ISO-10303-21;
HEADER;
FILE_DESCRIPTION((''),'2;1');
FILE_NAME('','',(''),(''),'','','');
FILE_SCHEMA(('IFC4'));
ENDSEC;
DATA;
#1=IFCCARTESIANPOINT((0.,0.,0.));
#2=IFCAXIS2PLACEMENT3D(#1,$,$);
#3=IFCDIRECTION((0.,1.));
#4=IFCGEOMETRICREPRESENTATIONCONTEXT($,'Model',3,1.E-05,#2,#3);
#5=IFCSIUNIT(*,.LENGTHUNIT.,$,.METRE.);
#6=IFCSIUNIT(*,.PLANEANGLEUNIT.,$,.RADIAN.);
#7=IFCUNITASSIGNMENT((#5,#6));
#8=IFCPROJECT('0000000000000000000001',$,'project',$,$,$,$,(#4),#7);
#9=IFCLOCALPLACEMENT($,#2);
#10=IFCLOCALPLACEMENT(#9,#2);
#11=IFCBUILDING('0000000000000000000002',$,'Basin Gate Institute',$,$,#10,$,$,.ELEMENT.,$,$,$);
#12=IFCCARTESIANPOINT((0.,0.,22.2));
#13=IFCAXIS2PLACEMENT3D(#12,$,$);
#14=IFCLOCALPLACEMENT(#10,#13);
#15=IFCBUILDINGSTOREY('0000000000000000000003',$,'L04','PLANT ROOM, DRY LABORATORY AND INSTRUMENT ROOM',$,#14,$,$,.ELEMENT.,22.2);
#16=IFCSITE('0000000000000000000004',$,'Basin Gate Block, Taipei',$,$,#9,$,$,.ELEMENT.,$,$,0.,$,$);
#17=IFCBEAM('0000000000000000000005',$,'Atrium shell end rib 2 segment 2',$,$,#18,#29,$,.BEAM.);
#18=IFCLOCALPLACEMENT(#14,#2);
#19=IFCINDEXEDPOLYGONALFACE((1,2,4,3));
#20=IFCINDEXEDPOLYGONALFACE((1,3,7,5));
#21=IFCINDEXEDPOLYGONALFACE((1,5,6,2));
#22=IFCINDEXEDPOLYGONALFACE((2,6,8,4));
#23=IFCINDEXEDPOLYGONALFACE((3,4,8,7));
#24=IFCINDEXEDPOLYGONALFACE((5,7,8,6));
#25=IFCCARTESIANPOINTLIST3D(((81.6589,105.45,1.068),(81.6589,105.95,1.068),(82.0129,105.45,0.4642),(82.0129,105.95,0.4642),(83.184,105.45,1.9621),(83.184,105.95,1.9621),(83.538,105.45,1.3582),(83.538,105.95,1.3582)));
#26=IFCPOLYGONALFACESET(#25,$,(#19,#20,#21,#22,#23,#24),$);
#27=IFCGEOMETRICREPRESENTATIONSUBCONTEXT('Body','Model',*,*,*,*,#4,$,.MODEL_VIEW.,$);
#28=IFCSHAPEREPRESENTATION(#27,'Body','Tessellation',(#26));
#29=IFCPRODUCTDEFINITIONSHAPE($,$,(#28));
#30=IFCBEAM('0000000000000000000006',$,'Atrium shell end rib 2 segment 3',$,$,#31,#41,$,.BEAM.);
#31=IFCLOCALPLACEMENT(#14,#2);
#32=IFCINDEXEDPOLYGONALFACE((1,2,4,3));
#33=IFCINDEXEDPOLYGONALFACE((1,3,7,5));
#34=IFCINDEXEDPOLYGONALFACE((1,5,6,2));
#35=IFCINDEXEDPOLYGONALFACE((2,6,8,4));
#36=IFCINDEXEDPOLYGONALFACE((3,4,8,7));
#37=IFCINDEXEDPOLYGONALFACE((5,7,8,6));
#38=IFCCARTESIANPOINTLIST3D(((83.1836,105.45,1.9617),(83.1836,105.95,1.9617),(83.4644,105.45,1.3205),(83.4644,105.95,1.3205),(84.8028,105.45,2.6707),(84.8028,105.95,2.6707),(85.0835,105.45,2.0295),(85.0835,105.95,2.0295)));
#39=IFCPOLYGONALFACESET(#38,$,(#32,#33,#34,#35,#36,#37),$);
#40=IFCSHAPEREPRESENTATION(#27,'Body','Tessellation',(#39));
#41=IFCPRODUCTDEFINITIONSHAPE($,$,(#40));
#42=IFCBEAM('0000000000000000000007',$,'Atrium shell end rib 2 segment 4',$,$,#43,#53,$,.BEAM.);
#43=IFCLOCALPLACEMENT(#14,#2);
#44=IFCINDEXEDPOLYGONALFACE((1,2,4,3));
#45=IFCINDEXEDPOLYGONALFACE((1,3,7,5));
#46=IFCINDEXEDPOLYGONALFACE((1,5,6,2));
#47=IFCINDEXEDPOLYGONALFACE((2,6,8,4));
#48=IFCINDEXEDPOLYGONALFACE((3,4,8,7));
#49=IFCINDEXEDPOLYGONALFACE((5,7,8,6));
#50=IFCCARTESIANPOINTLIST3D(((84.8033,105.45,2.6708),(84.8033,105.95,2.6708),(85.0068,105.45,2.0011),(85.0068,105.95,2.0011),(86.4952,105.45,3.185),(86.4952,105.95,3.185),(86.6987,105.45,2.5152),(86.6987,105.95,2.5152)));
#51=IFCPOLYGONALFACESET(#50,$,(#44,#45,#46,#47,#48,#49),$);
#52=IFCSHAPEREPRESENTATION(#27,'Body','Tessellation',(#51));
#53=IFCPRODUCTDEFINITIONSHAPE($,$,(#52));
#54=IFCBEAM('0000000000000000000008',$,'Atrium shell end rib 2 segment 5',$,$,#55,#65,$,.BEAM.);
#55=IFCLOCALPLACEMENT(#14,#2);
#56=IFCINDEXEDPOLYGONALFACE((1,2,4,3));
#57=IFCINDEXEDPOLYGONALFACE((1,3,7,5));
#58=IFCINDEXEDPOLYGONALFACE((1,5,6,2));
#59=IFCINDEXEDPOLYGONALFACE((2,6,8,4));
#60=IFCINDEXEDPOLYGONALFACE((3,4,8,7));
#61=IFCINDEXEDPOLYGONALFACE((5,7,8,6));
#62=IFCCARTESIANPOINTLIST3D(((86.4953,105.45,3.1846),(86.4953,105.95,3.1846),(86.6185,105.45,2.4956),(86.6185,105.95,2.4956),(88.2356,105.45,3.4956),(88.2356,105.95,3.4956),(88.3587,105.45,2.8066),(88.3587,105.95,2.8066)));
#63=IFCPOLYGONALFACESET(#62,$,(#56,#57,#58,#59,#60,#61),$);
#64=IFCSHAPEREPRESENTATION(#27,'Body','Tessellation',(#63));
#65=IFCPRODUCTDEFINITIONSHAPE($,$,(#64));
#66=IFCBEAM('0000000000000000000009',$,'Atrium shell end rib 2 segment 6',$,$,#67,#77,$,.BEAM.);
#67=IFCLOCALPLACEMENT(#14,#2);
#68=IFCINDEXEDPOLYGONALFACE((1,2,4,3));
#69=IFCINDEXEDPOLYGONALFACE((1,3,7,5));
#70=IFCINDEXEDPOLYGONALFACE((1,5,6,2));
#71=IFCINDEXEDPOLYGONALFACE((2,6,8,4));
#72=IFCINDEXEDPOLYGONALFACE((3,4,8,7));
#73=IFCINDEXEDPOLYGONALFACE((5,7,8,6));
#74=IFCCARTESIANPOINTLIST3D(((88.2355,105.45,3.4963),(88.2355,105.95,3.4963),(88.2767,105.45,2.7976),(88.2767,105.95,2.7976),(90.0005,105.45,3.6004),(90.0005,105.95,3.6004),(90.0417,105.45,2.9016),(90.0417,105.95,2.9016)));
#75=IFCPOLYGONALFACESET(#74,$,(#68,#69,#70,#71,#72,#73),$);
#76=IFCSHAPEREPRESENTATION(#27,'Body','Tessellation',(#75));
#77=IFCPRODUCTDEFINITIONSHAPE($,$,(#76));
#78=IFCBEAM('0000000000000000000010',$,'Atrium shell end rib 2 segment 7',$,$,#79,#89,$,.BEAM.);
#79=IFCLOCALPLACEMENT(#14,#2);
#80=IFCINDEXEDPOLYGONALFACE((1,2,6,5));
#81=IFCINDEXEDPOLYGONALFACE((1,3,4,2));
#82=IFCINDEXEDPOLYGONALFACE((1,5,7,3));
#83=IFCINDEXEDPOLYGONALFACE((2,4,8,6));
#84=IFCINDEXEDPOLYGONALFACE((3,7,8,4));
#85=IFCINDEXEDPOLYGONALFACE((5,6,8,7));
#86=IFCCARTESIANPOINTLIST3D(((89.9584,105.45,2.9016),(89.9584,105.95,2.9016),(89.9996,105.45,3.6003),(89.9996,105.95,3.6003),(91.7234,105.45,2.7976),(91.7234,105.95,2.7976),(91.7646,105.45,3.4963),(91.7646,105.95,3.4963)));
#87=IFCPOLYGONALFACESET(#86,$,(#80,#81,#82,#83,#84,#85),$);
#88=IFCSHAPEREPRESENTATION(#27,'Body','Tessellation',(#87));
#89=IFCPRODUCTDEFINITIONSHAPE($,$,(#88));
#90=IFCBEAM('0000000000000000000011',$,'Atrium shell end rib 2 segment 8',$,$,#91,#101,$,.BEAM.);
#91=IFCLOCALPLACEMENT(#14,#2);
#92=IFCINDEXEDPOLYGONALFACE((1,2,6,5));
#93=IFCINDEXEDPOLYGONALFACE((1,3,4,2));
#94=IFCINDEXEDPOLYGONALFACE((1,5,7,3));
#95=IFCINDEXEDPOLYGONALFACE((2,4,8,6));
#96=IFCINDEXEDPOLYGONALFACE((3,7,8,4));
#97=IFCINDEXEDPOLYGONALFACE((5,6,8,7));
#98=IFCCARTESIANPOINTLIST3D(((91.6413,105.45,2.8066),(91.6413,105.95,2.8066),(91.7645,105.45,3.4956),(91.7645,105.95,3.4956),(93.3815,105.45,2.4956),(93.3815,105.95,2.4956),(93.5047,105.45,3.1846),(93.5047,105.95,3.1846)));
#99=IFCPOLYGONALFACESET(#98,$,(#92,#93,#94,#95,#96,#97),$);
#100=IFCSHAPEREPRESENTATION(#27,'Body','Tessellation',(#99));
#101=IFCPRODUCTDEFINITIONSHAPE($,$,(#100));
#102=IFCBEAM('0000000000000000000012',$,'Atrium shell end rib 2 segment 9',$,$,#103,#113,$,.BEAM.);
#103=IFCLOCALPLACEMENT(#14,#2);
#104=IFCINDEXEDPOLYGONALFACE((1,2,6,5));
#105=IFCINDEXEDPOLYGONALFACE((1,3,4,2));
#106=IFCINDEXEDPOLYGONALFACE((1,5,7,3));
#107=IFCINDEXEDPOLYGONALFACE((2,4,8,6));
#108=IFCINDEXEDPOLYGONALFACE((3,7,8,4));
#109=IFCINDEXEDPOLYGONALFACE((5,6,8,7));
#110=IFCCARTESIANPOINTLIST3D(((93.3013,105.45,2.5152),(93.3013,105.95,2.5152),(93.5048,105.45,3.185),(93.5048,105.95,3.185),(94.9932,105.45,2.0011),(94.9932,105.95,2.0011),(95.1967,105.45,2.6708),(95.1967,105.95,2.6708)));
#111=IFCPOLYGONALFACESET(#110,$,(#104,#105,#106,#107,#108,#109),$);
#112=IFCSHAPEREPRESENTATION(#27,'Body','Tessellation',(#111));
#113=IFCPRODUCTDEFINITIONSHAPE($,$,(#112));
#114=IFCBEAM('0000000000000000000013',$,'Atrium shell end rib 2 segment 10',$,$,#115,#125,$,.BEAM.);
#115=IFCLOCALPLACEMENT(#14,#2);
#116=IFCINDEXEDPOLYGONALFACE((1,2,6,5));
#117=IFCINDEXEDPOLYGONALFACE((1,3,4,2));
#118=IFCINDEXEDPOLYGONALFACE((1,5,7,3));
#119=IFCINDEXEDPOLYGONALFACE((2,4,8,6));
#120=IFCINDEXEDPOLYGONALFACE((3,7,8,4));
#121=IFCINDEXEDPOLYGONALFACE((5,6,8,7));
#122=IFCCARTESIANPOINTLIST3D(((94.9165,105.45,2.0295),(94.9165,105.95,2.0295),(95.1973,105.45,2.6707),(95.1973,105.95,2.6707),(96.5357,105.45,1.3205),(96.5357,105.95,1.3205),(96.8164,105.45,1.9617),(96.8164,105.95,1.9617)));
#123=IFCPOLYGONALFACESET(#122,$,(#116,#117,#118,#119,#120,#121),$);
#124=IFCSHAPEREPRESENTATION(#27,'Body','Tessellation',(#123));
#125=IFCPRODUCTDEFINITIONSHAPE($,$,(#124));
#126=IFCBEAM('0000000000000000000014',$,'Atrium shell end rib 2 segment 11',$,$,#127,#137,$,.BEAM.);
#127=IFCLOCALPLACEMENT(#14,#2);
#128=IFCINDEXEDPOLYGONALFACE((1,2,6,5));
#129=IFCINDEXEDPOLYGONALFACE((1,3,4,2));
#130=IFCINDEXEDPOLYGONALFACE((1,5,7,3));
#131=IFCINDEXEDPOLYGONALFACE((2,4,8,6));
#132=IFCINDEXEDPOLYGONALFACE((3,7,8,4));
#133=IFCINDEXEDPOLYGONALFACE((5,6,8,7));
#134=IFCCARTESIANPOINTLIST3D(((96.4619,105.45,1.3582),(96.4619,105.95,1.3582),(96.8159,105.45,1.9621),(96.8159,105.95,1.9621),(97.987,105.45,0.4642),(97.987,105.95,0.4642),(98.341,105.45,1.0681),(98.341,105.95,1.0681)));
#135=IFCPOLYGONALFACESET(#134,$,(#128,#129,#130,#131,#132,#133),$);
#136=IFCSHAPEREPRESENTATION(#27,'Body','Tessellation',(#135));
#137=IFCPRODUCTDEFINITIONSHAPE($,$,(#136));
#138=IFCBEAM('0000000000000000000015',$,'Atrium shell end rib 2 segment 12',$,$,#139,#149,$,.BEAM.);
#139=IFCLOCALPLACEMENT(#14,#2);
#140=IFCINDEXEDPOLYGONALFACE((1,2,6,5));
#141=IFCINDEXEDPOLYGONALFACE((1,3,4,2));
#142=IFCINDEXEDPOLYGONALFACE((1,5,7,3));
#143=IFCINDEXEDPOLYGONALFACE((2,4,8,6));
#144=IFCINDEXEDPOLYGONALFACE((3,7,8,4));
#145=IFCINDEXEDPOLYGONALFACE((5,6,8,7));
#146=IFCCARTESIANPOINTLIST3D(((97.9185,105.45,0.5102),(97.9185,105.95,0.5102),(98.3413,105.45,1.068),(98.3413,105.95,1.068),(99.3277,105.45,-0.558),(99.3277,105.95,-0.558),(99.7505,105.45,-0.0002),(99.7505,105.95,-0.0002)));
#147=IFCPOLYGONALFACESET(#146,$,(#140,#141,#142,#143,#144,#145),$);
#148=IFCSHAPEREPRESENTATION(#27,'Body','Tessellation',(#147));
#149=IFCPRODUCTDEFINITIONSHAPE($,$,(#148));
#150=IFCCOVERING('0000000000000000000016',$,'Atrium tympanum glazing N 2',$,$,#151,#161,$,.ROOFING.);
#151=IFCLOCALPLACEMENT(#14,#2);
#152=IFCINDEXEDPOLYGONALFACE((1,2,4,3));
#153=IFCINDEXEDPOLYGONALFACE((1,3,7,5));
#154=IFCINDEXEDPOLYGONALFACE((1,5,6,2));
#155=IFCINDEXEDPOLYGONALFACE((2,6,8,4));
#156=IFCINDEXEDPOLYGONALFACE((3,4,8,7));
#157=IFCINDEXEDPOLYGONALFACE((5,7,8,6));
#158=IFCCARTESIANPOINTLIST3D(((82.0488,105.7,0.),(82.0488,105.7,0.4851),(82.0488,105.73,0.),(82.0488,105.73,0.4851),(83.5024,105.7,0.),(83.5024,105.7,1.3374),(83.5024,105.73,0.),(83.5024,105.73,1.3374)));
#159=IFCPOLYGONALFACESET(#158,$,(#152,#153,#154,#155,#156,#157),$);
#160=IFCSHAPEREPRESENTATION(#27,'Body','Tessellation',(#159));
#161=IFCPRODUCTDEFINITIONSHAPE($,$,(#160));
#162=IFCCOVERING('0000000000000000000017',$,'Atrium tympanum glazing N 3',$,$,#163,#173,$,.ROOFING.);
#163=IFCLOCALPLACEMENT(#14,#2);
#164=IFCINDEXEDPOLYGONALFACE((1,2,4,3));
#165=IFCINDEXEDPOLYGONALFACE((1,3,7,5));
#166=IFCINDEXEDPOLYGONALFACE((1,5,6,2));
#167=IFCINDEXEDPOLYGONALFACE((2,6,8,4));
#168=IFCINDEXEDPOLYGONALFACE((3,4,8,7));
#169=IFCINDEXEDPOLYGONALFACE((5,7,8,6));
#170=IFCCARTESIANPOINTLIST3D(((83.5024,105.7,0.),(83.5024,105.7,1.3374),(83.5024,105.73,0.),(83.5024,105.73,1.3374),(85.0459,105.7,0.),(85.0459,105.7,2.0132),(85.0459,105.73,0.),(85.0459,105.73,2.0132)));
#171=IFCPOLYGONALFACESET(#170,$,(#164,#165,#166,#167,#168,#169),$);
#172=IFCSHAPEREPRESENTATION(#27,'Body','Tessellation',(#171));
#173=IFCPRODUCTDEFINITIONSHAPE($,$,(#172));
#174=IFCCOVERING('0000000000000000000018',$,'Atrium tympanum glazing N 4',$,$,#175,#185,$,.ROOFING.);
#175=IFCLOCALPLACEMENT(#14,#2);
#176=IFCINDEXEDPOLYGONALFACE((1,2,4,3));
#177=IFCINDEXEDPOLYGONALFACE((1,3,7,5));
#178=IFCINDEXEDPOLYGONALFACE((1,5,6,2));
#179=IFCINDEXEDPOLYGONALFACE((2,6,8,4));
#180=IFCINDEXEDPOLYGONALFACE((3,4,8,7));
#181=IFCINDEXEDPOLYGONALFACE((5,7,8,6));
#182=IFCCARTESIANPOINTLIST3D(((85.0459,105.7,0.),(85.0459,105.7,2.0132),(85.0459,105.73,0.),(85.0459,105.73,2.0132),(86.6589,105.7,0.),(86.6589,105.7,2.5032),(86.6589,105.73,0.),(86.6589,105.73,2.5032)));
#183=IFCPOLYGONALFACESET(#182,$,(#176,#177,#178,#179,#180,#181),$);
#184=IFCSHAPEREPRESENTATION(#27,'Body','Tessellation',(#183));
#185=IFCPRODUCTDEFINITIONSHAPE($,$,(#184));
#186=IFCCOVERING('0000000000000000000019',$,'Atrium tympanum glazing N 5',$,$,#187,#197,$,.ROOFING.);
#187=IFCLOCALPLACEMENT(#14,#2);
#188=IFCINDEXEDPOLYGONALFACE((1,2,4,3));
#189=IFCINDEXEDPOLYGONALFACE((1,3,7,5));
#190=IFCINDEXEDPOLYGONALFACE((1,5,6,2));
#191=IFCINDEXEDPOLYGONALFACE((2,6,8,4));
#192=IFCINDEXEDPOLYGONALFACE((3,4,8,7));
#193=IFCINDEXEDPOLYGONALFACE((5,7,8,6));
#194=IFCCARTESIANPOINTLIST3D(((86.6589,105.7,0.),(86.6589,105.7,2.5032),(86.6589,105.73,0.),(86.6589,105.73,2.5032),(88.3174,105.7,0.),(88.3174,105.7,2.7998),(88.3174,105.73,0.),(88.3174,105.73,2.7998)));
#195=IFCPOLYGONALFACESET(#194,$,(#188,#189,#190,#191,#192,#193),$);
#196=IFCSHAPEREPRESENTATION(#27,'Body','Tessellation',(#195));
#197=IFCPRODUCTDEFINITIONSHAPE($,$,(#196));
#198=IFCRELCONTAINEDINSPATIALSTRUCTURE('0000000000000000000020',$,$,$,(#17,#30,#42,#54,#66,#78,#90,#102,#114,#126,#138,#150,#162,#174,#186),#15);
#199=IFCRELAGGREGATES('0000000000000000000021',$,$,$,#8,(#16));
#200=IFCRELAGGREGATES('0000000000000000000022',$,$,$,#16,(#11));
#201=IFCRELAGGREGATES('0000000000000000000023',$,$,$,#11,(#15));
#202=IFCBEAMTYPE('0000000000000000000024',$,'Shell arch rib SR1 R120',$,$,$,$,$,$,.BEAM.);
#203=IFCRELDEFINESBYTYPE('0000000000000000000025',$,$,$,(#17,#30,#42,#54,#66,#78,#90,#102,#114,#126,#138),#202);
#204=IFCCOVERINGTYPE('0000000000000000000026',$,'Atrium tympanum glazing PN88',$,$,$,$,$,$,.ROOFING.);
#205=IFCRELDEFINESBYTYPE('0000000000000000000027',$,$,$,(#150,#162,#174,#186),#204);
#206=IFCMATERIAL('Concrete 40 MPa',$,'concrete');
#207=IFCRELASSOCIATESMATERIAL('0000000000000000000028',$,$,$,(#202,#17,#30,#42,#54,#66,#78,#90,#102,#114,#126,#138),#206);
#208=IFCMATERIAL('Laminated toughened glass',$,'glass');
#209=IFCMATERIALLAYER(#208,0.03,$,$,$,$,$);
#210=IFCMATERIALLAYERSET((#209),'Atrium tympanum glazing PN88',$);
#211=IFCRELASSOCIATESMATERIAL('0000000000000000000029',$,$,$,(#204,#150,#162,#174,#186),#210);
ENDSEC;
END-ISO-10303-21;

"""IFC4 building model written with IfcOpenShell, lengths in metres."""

from ifc_helpers import new_model, si_unit, direction, frame, origin, origin_2d, place, context, subcontext, project, spatial, polyline, rectangle, outline, extrude, material, layer, layer_set, material_profile, profile_set, type_object, element, save


model = new_model("IFC4")

# Units and contexts
model_context = context("Model", 3, precision=1e-05, world=origin(), true_north=direction((0.0, 1.0)))
body_context = subcontext(model_context, "Body", "Model", "MODEL_VIEW")
ifc_project = project(units=[si_unit("LENGTHUNIT", "METRE"), si_unit("PLANEANGLEUNIT", "RADIAN")], contexts=[model_context])

# Site, building, storey
site_placement = place(None, origin())
site = spatial("IfcSite", under=ifc_project, at=site_placement, Name="Basin Gate Block, Taipei", CompositionType="ELEMENT", RefElevation=0.0)
building_placement = place(site_placement, origin())
building = spatial("IfcBuilding", under=site, at=building_placement, Name="Basin Gate Institute", CompositionType="ELEMENT")
storey_placement = place(building_placement, frame((0.0, 0.0, 22.2)))
storey = spatial("IfcBuildingStorey", under=building, at=storey_placement, Name="L04", Description="PLANT ROOM, DRY LABORATORY AND INSTRUMENT ROOM", CompositionType="ELEMENT", Elevation=22.2)

# Beams
ifc_material_1 = material(Name="Concrete 40 MPa", Category="concrete")
ifc_material_profile = material_profile(ifc_material_1, rectangle(XDim=0.5, YDim=0.7, at=origin_2d()), Name="Shell arch rib SR1 500 x 700")
ifc_profile_set = profile_set([ifc_material_profile], Name="Concrete 40 MPa")
beam_type = type_object("IfcBeamType", Name="Shell arch rib SR1 R120", PredefinedType="BEAM", material=ifc_profile_set)
beam_1_placement = place(storey_placement, frame((81.8359, 105.7, 0.7661), z_axis=(0.8627, 0.0, 0.505716), x_axis=(0.0, 1.0, 0.0)))
element("IfcBeam", 1, at=beam_1_placement, inside=storey, type_object=beam_type, material=ifc_profile_set, Name="Atrium shell end rib 2 segment 2", PredefinedType="BEAM", context=body_context, shape_type="SweptSolid", body=[
    extrude(rectangle(XDim=0.5, YDim=0.7, at=origin_2d()), origin(), (0.0, 0.0, 1.0), 1.7678),
])
beam_2_placement = place(storey_placement, frame((83.324, 105.7, 1.6411), z_axis=(0.91603, 0.0, 0.401109), x_axis=(0.0, 1.0, 0.0)))
element("IfcBeam", 2, at=beam_2_placement, inside=storey, type_object=beam_type, material=ifc_profile_set, Name="Atrium shell end rib 2 segment 3", PredefinedType="BEAM", context=body_context, shape_type="SweptSolid", body=[
    extrude(rectangle(XDim=0.5, YDim=0.7, at=origin_2d()), origin(), (0.0, 0.0, 1.0), 1.7676),
])
beam_3_placement = place(storey_placement, frame((84.905, 105.7, 2.3359), z_axis=(0.956794, 0.0, 0.290766), x_axis=(0.0, 1.0, 0.0)))
element("IfcBeam", 3, at=beam_3_placement, inside=storey, type_object=beam_type, material=ifc_profile_set, Name="Atrium shell end rib 2 segment 4", PredefinedType="BEAM", context=body_context, shape_type="SweptSolid", body=[
    extrude(rectangle(XDim=0.5, YDim=0.7, at=origin_2d()), origin(), (0.0, 0.0, 1.0), 1.7683),
])
beam_4_placement = place(storey_placement, frame((86.5569, 105.7, 2.8401), z_axis=(0.9844, 0.0, 0.175944), x_axis=(0.0, 1.0, 0.0)))
element("IfcBeam", 4, at=beam_4_placement, inside=storey, type_object=beam_type, material=ifc_profile_set, Name="Atrium shell end rib 2 segment 5", PredefinedType="BEAM", context=body_context, shape_type="SweptSolid", body=[
    extrude(rectangle(XDim=0.5, YDim=0.7, at=origin_2d()), origin(), (0.0, 0.0, 1.0), 1.7678),
])
for number, where, z_axis, x_axis, name in (
    (5, (88.2561, 105.7, 3.147), (0.998268, 0.0, 0.058827), (0.0, 1.0, 0.0), "Atrium shell end rib 2 segment 6"),
    (6, (89.979, 105.7, 3.251), (0.998268, 0.0, -0.058827), (0.0, 1.0, 0.0), "Atrium shell end rib 2 segment 7"),
):
    element("IfcBeam", number, at=place(storey_placement, frame(where, z_axis=z_axis, x_axis=x_axis)), inside=storey, type_object=beam_type, material=ifc_profile_set, Name=name, PredefinedType="BEAM", context=body_context, shape_type="SweptSolid", body=[
        extrude(rectangle(XDim=0.5, YDim=0.7, at=origin_2d()), origin(), (0.0, 0.0, 1.0), 1.7681),
    ])
beam_5_placement = place(storey_placement, frame((91.7029, 105.7, 3.1511), z_axis=(0.9844, 0.0, -0.175944), x_axis=(0.0, 1.0, 0.0)))
element("IfcBeam", 7, at=beam_5_placement, inside=storey, type_object=beam_type, material=ifc_profile_set, Name="Atrium shell end rib 2 segment 8", PredefinedType="BEAM", context=body_context, shape_type="SweptSolid", body=[
    extrude(rectangle(XDim=0.5, YDim=0.7, at=origin_2d()), origin(), (0.0, 0.0, 1.0), 1.7678),
])
beam_6_placement = place(storey_placement, frame((93.4031, 105.7, 2.8501), z_axis=(0.956794, 0.0, -0.290766), x_axis=(0.0, 1.0, 0.0)))
element("IfcBeam", 8, at=beam_6_placement, inside=storey, type_object=beam_type, material=ifc_profile_set, Name="Atrium shell end rib 2 segment 9", PredefinedType="BEAM", context=body_context, shape_type="SweptSolid", body=[
    extrude(rectangle(XDim=0.5, YDim=0.7, at=origin_2d()), origin(), (0.0, 0.0, 1.0), 1.7683),
])
beam_7_placement = place(storey_placement, frame((95.0569, 105.7, 2.3501), z_axis=(0.91603, 0.0, -0.401109), x_axis=(0.0, 1.0, 0.0)))
element("IfcBeam", 9, at=beam_7_placement, inside=storey, type_object=beam_type, material=ifc_profile_set, Name="Atrium shell end rib 2 segment 10", PredefinedType="BEAM", context=body_context, shape_type="SweptSolid", body=[
    extrude(rectangle(XDim=0.5, YDim=0.7, at=origin_2d()), origin(), (0.0, 0.0, 1.0), 1.7676),
])
beam_8_placement = place(storey_placement, frame((96.6389, 105.7, 1.6602), z_axis=(0.8627, 0.0, -0.505716), x_axis=(0.0, 1.0, 0.0)))
element("IfcBeam", 10, at=beam_8_placement, inside=storey, type_object=beam_type, material=ifc_profile_set, Name="Atrium shell end rib 2 segment 11", PredefinedType="BEAM", context=body_context, shape_type="SweptSolid", body=[
    extrude(rectangle(XDim=0.5, YDim=0.7, at=origin_2d()), origin(), (0.0, 0.0, 1.0), 1.7678),
])
beam_9_placement = place(storey_placement, frame((98.1299, 105.7, 0.7891), z_axis=(0.796941, 0.0, -0.604057), x_axis=(0.0, 1.0, 0.0)))
element("IfcBeam", 11, at=beam_9_placement, inside=storey, type_object=beam_type, material=ifc_profile_set, Name="Atrium shell end rib 2 segment 12", PredefinedType="BEAM", context=body_context, shape_type="SweptSolid", body=[
    extrude(rectangle(XDim=0.5, YDim=0.7, at=origin_2d()), origin(), (0.0, 0.0, 1.0), 1.7683),
])

# Coverings
ifc_material_2 = material(Name="Laminated toughened glass", Category="glass")
ifc_layer = layer(ifc_material_2, 0.03)
ifc_layer_set = layer_set([ifc_layer], Name="Atrium tympanum glazing PN88")
covering_type = type_object("IfcCoveringType", Name="Atrium tympanum glazing PN88", PredefinedType="ROOFING", material=ifc_layer_set)
covering_1_placement = place(storey_placement, frame((82.0488, 105.7, 0.0), z_axis=(0.0, -1.0, 0.0), x_axis=(1.0, 0.0, 0.0)))
element("IfcCovering", 12, at=covering_1_placement, inside=storey, type_object=covering_type, material=ifc_layer_set, Name="Atrium tympanum glazing N 2", PredefinedType="ROOFING", context=body_context, shape_type="SweptSolid", body=[
    extrude(outline(polyline([(0.0, 0.0), (1.4536, 0.0), (1.4536, 1.3374), (0.0, 0.4851), (0.0, 0.0)])), origin(), (0.0, 0.0, -1.0), 0.03),
])
covering_2_placement = place(storey_placement, frame((83.5024, 105.7, 0.0), z_axis=(0.0, -1.0, 0.0), x_axis=(1.0, 0.0, 0.0)))
element("IfcCovering", 13, at=covering_2_placement, inside=storey, type_object=covering_type, material=ifc_layer_set, Name="Atrium tympanum glazing N 3", PredefinedType="ROOFING", context=body_context, shape_type="SweptSolid", body=[
    extrude(outline(polyline([(0.0, 0.0), (1.5435, 0.0), (1.5435, 2.0132), (0.0, 1.3374), (0.0, 0.0)])), origin(), (0.0, 0.0, -1.0), 0.03),
])
covering_3_placement = place(storey_placement, frame((85.0459, 105.7, 0.0), z_axis=(0.0, -1.0, 0.0), x_axis=(1.0, 0.0, 0.0)))
element("IfcCovering", 14, at=covering_3_placement, inside=storey, type_object=covering_type, material=ifc_layer_set, Name="Atrium tympanum glazing N 4", PredefinedType="ROOFING", context=body_context, shape_type="SweptSolid", body=[
    extrude(outline(polyline([(0.0, 0.0), (1.613, 0.0), (1.613, 2.5032), (0.0, 2.0132), (0.0, 0.0)])), origin(), (0.0, 0.0, -1.0), 0.03),
])
covering_4_placement = place(storey_placement, frame((86.6589, 105.7, 0.0), z_axis=(0.0, -1.0, 0.0), x_axis=(1.0, 0.0, 0.0)))
element("IfcCovering", 15, at=covering_4_placement, inside=storey, type_object=covering_type, material=ifc_layer_set, Name="Atrium tympanum glazing N 5", PredefinedType="ROOFING", context=body_context, shape_type="SweptSolid", body=[
    extrude(outline(polyline([(0.0, 0.0), (1.6584, 0.0), (1.6584, 2.7998), (0.0, 2.5032), (0.0, 0.0)])), origin(), (0.0, 0.0, -1.0), 0.03),
])

save(model, "model.ifc")
